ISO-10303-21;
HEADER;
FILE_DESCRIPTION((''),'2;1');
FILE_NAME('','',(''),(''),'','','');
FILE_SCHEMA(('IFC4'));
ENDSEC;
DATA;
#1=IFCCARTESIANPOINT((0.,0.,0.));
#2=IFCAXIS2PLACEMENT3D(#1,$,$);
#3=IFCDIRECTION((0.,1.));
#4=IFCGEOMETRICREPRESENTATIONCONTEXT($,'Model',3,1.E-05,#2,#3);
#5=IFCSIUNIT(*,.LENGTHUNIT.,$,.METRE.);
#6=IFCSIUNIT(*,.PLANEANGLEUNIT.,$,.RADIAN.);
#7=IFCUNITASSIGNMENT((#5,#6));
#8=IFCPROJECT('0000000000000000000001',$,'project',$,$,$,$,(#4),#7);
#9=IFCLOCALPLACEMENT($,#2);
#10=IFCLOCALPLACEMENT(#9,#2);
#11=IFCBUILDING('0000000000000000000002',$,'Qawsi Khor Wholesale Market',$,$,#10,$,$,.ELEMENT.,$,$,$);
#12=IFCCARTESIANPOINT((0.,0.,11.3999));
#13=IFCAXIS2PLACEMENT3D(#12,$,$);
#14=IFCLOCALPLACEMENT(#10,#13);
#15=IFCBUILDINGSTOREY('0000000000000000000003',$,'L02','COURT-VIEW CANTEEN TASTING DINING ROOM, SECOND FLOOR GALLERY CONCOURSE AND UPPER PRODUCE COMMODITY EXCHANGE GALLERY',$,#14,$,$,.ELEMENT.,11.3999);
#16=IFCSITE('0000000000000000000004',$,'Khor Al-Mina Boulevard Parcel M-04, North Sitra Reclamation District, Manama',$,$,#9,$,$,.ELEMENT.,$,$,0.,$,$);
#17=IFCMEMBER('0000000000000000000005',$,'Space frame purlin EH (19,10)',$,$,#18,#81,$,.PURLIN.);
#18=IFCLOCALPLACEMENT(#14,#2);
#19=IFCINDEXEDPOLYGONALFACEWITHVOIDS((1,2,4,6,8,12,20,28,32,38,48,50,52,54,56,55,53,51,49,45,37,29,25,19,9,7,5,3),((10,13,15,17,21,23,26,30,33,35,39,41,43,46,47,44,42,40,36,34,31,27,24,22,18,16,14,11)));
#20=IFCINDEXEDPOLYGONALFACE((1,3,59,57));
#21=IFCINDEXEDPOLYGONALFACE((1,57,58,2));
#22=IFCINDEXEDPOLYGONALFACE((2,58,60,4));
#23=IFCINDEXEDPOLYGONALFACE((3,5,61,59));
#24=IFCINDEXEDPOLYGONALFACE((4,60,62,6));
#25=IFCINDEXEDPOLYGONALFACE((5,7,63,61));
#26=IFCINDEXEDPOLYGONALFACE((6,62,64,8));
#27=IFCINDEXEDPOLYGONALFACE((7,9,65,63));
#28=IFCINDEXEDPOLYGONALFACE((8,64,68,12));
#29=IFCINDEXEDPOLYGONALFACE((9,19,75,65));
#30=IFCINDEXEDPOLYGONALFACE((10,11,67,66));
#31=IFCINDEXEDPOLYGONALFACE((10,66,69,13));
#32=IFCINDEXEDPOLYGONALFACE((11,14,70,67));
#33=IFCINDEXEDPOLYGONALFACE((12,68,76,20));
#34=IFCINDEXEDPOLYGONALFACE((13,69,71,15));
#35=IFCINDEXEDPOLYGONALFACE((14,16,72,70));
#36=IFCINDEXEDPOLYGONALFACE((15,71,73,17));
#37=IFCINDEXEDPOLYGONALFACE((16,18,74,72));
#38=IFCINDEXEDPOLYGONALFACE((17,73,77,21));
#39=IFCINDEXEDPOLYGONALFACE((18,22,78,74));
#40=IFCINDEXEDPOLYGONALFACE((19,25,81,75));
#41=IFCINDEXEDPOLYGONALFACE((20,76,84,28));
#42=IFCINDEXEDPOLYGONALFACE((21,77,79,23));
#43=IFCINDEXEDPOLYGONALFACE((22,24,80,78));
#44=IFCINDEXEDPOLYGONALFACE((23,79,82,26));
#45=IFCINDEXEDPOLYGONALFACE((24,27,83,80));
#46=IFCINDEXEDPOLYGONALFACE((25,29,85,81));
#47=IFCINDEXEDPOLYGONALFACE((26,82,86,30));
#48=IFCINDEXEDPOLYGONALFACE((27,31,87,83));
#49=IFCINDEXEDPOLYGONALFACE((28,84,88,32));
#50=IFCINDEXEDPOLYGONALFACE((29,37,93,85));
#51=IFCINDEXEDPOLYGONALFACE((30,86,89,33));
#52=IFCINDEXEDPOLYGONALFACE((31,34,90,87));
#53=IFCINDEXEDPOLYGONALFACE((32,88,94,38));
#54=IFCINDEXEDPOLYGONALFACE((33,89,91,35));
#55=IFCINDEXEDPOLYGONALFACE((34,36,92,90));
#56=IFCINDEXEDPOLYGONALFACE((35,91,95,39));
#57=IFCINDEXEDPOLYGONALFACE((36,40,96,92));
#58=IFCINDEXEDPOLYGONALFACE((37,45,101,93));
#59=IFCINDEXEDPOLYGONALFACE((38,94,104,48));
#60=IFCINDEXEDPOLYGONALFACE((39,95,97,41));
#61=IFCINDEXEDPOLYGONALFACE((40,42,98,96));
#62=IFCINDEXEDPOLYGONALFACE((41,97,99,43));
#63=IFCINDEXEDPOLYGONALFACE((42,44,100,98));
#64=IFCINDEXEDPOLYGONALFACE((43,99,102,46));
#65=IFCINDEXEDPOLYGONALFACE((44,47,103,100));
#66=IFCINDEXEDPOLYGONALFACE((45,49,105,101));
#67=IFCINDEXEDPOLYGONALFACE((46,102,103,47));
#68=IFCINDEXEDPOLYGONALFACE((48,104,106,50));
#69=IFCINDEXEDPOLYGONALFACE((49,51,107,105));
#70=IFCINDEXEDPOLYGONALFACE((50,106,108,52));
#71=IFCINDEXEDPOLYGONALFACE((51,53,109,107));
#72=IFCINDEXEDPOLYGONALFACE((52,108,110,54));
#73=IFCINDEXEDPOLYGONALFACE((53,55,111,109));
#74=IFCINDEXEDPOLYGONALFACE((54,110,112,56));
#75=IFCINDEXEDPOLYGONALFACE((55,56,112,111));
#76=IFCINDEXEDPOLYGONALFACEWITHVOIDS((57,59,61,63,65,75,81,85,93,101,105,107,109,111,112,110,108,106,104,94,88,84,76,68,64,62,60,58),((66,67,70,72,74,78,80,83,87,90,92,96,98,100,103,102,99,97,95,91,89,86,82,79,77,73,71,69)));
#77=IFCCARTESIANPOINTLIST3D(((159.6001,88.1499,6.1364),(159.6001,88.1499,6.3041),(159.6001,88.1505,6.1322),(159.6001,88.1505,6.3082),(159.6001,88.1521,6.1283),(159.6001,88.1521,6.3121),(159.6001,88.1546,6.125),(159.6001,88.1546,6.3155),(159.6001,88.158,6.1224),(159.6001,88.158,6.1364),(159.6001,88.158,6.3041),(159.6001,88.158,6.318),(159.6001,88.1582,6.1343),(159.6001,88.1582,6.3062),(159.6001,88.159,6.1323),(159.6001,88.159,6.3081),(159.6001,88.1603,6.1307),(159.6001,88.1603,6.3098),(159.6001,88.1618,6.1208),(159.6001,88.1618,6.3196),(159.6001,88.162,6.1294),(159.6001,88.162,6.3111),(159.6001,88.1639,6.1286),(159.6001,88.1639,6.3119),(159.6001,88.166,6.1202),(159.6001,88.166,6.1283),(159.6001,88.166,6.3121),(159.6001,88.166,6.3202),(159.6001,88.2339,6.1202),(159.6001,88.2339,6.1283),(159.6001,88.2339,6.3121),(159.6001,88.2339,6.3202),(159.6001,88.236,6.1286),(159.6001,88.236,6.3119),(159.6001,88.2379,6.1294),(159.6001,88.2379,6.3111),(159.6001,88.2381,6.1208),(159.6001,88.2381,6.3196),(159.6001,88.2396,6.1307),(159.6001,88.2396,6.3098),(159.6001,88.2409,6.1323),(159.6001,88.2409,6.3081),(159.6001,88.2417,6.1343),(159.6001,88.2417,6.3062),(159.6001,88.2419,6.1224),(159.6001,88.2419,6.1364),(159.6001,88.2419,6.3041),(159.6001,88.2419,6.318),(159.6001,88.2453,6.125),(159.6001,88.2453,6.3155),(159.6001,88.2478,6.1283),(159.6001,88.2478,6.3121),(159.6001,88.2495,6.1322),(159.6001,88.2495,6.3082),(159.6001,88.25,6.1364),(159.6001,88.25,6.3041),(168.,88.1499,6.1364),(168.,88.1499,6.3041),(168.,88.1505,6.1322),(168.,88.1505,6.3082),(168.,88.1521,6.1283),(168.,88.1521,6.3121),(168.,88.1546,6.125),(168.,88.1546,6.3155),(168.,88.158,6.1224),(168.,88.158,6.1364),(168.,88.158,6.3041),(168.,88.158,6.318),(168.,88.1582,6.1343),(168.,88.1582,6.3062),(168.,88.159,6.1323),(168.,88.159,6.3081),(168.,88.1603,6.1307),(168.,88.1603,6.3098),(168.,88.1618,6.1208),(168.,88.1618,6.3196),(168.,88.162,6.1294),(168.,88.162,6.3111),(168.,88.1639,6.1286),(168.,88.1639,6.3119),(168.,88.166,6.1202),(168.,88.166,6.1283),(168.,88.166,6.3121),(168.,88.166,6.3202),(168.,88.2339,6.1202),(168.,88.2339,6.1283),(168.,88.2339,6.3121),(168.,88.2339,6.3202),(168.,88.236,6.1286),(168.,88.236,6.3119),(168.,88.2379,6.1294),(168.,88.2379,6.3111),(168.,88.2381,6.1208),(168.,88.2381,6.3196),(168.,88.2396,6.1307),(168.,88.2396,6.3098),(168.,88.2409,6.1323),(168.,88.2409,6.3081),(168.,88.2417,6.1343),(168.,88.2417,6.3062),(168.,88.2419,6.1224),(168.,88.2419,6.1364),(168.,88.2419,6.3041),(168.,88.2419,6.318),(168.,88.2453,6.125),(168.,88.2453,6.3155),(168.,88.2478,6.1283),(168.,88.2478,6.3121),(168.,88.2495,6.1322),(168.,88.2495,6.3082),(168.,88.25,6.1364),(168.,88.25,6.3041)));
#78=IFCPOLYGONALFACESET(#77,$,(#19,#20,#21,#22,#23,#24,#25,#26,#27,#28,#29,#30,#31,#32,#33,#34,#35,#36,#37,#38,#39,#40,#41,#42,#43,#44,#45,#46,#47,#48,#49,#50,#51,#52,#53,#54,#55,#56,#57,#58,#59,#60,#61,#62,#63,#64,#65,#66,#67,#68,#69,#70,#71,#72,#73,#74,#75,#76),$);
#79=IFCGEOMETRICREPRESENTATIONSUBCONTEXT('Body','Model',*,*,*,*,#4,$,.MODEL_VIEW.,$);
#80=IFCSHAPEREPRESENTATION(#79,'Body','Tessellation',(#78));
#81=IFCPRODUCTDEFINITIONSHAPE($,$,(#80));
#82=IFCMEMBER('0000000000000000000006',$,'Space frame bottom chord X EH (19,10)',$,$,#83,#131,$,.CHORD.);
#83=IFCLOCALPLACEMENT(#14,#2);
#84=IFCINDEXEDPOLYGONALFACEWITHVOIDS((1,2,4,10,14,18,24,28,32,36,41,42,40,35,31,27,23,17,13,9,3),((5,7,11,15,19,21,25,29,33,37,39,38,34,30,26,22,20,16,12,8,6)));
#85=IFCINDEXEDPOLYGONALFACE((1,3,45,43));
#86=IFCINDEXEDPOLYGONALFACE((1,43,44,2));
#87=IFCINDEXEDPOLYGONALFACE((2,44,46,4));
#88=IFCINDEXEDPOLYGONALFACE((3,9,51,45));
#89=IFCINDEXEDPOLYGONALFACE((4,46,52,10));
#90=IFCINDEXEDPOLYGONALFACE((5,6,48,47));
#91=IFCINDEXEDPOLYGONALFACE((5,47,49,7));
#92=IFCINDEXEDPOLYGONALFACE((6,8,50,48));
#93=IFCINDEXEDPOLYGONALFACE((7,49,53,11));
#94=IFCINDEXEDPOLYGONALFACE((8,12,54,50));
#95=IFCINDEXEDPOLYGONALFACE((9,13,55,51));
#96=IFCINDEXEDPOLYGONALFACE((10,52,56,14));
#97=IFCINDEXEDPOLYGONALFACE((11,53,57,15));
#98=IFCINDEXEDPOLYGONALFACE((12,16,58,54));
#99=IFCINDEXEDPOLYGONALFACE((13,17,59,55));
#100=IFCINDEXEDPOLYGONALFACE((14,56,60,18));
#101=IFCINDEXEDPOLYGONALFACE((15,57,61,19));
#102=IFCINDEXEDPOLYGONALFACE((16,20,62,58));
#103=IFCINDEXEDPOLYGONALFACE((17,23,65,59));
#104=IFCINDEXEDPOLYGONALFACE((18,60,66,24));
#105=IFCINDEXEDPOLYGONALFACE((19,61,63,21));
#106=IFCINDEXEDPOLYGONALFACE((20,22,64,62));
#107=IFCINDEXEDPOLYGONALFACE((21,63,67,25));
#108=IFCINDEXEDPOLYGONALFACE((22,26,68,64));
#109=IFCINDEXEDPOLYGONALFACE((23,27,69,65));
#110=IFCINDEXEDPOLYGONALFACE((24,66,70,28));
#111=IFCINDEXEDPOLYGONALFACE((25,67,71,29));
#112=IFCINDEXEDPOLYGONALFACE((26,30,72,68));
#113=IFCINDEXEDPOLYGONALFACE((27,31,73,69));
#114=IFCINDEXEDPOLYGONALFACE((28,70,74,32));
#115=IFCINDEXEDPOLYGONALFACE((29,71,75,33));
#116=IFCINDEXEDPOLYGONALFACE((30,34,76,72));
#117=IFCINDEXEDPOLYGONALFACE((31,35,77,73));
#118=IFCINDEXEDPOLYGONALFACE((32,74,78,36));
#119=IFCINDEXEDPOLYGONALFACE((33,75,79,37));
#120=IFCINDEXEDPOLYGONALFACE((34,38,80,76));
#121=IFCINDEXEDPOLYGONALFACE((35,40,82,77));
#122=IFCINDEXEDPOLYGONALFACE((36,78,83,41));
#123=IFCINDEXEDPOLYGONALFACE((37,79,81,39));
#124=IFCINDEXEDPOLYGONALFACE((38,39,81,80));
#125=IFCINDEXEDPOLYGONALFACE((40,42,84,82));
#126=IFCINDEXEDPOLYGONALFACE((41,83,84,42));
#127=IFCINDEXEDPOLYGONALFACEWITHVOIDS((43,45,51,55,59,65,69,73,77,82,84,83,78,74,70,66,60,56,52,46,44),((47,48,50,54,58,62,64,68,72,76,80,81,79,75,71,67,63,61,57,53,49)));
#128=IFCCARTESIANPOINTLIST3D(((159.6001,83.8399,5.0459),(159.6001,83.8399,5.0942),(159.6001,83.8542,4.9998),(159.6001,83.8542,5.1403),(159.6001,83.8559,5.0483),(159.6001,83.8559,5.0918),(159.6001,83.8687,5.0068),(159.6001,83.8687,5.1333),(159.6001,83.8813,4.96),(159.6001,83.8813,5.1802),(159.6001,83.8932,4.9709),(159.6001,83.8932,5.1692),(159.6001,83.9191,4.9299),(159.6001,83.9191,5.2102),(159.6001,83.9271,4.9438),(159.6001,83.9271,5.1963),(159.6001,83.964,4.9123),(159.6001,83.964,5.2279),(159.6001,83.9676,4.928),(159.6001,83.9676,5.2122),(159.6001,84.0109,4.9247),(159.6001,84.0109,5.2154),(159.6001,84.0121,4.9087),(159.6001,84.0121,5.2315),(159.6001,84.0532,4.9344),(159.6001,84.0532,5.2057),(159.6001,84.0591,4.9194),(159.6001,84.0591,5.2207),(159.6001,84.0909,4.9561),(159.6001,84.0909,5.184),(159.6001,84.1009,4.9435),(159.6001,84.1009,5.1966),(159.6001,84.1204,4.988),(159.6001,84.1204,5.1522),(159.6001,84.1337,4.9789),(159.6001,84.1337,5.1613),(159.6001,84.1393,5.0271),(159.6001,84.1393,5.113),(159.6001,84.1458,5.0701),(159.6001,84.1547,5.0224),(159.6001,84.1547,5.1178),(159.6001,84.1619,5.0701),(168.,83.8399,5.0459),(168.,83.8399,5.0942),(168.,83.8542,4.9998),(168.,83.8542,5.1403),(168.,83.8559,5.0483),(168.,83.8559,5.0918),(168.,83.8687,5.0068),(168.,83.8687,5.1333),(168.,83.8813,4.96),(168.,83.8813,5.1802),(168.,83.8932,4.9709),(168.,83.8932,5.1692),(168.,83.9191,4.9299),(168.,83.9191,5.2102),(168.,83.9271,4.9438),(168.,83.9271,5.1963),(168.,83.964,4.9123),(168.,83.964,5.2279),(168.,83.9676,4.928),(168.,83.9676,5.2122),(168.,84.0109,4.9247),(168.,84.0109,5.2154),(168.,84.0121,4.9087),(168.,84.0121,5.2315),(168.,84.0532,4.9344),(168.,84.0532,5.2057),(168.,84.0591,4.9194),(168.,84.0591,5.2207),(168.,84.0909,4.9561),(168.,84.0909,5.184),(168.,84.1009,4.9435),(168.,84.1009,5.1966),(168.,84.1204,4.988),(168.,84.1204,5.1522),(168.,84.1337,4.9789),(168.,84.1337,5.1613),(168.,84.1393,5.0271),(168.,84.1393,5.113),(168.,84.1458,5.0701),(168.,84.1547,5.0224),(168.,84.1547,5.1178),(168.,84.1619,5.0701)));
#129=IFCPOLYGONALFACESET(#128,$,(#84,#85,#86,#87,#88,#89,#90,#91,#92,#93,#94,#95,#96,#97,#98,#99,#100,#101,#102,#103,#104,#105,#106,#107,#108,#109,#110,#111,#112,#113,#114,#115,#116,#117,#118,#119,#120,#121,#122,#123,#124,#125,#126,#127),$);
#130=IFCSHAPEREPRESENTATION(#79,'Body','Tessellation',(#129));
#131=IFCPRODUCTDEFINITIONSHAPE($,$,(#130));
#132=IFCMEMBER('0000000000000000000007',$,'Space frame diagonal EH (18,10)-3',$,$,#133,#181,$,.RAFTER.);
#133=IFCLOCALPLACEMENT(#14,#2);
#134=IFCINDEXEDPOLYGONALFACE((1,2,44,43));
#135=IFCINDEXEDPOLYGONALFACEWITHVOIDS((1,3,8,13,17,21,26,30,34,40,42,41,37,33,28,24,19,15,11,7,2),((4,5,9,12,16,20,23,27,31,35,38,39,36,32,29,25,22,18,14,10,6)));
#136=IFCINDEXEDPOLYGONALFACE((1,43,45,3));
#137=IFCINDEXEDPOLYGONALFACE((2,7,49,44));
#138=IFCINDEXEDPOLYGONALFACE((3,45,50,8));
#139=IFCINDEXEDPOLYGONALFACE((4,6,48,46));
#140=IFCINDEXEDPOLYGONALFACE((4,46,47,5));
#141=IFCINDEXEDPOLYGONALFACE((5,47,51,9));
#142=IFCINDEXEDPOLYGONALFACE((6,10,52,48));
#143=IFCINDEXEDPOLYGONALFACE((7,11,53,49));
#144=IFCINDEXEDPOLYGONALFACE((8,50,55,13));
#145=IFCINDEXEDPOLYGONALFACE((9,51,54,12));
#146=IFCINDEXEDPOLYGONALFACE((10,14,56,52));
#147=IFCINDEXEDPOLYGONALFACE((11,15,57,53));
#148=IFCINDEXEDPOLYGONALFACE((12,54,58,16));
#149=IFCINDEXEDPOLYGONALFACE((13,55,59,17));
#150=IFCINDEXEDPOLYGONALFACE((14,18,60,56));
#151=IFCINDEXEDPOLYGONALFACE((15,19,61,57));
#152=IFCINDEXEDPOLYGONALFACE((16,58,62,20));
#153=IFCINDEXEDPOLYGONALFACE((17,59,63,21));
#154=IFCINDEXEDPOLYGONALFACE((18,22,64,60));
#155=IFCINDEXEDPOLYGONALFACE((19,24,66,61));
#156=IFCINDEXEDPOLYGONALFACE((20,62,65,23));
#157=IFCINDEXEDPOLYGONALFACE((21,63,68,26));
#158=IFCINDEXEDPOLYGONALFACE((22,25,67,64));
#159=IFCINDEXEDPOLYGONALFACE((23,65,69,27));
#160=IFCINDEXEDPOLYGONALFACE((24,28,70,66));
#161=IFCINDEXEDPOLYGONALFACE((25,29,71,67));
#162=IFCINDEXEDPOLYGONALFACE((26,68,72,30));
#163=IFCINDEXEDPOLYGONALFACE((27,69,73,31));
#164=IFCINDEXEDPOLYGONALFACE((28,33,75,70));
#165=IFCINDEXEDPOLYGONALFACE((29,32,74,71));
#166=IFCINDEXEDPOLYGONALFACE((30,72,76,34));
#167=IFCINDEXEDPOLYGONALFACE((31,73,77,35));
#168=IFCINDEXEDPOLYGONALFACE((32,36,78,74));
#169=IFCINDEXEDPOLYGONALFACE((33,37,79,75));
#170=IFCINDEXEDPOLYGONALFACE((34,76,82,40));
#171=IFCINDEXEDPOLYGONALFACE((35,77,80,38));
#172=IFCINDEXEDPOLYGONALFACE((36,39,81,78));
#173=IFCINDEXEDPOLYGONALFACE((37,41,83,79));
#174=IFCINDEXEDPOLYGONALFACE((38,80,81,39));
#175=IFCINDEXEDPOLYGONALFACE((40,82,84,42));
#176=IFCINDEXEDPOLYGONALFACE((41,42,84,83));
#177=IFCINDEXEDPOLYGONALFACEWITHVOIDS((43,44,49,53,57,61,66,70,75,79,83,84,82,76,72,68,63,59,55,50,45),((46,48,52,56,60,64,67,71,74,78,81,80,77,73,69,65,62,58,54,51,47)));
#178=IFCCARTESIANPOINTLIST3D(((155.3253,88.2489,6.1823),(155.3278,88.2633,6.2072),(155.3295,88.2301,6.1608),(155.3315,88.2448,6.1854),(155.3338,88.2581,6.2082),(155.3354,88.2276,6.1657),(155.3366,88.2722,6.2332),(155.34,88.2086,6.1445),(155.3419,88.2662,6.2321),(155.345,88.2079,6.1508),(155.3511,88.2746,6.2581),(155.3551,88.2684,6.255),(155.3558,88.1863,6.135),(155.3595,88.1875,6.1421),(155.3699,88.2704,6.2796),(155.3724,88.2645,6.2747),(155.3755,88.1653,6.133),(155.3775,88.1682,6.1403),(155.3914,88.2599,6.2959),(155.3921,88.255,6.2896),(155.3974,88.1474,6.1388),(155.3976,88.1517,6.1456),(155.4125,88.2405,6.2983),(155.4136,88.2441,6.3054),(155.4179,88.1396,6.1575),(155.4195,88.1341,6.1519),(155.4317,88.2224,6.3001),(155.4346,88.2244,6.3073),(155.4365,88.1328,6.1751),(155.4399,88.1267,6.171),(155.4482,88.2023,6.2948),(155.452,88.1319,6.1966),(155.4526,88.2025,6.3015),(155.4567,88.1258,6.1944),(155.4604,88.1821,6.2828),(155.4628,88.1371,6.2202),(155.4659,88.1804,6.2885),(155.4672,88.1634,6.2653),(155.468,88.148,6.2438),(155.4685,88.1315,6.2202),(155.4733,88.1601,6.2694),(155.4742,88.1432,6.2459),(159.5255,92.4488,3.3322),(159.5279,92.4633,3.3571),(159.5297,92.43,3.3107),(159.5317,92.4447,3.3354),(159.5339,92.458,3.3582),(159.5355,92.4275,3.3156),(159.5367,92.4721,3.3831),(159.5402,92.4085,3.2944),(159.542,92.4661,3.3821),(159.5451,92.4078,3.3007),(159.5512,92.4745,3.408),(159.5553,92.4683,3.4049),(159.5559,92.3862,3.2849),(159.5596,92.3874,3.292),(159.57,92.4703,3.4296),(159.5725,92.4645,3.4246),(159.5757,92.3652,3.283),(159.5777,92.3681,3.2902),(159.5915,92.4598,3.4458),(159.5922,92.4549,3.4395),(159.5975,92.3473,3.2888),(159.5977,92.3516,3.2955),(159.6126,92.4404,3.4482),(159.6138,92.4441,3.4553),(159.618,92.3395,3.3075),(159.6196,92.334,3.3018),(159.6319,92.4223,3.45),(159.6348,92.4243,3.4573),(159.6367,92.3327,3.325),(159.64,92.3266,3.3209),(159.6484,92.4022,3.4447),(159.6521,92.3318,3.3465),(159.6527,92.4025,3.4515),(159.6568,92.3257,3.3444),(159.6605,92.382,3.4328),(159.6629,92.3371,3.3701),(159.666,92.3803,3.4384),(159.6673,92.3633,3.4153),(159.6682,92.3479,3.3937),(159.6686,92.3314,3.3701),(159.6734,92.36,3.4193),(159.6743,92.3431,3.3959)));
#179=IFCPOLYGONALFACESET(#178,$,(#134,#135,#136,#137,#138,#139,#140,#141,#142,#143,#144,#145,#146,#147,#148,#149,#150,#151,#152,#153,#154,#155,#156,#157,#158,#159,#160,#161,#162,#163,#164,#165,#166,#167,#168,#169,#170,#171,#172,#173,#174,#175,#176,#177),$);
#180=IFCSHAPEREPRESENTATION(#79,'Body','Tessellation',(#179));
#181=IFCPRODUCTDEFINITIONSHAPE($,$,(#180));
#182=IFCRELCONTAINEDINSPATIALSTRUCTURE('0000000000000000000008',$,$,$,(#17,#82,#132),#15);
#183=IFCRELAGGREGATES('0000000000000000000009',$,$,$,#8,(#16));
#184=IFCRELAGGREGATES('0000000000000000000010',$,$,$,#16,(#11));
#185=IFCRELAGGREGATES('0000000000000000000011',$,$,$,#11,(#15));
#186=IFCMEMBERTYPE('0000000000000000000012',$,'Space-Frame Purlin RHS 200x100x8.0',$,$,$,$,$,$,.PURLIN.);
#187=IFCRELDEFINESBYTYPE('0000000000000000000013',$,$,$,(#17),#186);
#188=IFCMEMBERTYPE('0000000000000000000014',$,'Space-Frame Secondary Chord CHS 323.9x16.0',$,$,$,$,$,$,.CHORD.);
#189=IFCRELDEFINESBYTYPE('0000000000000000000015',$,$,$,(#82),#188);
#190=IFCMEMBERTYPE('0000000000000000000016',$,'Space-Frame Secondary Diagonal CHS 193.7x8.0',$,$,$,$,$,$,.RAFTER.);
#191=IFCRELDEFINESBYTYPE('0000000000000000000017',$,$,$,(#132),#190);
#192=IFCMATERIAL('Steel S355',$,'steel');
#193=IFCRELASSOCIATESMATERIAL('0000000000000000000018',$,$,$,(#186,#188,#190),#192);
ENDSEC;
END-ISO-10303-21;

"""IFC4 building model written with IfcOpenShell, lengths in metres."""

from ifc_helpers import new_model, si_unit, direction, frame, origin, origin_2d, place, context, subcontext, project, spatial, hollow_rectangle, hollow_circle, extrude, material, material_profile, profile_set, type_object, element, save


model = new_model("IFC4")

# Units and contexts
model_context = context("Model", 3, precision=1e-05, world=origin(), true_north=direction((0.0, 1.0)))
body_context = subcontext(model_context, "Body", "Model", "MODEL_VIEW")
ifc_project = project(units=[si_unit("LENGTHUNIT", "METRE"), si_unit("PLANEANGLEUNIT", "RADIAN")], contexts=[model_context])

# Site, building, storey
site_placement = place(None, origin())
site = spatial("IfcSite", under=ifc_project, at=site_placement, Name="Khor Al-Mina Boulevard Parcel M-04, North Sitra Reclamation District, Manama", CompositionType="ELEMENT", RefElevation=0.0)
building_placement = place(site_placement, origin())
building = spatial("IfcBuilding", under=site, at=building_placement, Name="Qawsi Khor Wholesale Market", CompositionType="ELEMENT")
storey_placement = place(building_placement, frame((0.0, 0.0, 11.3999)))
storey = spatial("IfcBuildingStorey", under=building, at=storey_placement, Name="L02", Description="COURT-VIEW CANTEEN TASTING DINING ROOM, SECOND FLOOR GALLERY CONCOURSE AND UPPER PRODUCE COMMODITY EXCHANGE GALLERY", CompositionType="ELEMENT", Elevation=11.3999)

# Members
ifc_material_1 = material(Name="Steel S355", Category="steel")
ifc_material_profile_1 = material_profile(ifc_material_1, hollow_rectangle(XDim=0.1001, YDim=0.2, WallThickness=0.0081, InnerFilletRadius=0.0081, OuterFilletRadius=0.0161, at=origin_2d()), Name="RHS 200x100x8.0")
ifc_profile_set_1 = profile_set([ifc_material_profile_1], Name="Steel S355")
member_type_1 = type_object("IfcMemberType", Name="Space-Frame Purlin RHS 200x100x8.0", PredefinedType="PURLIN", material=ifc_profile_set_1)
member_1_placement = place(storey_placement, frame((159.6001, 88.2, 6.2202), z_axis=(1.0, 0.0, 0.0), x_axis=(0.0, 1.0, 0.0)))
element("IfcMember", 1, at=member_1_placement, inside=storey, type_object=member_type_1, Name="Space frame purlin EH (19,10)", PredefinedType="PURLIN", context=body_context, shape_type="SweptSolid", body=[
    extrude(hollow_rectangle(XDim=0.1001, YDim=0.2, WallThickness=0.0081, InnerFilletRadius=0.0081, OuterFilletRadius=0.0161, at=origin_2d()), origin(), (0.0, 0.0, 1.0), 8.3999),
])
ifc_material_profile_2 = material_profile(ifc_material_1, hollow_circle(Radius=0.1619, WallThickness=0.0161, at=origin_2d()), Name="CHS 323.9x16.0")
ifc_profile_set_2 = profile_set([ifc_material_profile_2], Name="Steel S355")
member_type_2 = type_object("IfcMemberType", Name="Space-Frame Secondary Chord CHS 323.9x16.0", PredefinedType="CHORD", material=ifc_profile_set_2)
member_2_placement = place(storey_placement, frame((159.6001, 84.0, 5.0701), z_axis=(1.0, 0.0, 0.0), x_axis=(0.0, 1.0, 0.0)))
element("IfcMember", 2, at=member_2_placement, inside=storey, type_object=member_type_2, Name="Space frame bottom chord X EH (19,10)", PredefinedType="CHORD", context=body_context, shape_type="SweptSolid", body=[
    extrude(hollow_circle(Radius=0.1619, WallThickness=0.0161, at=origin_2d()), origin(), (0.0, 0.0, 1.0), 8.3999),
])
ifc_material_profile_3 = material_profile(ifc_material_1, hollow_circle(Radius=0.0969, WallThickness=0.0081, at=origin_2d()), Name="CHS 193.7x8.0")
ifc_profile_set_3 = profile_set([ifc_material_profile_3], Name="Steel S355")
member_type_3 = type_object("IfcMemberType", Name="Space-Frame Secondary Diagonal CHS 193.7x8.0", PredefinedType="RAFTER", material=ifc_profile_set_3)
for number, where, z_axis, x_axis, name in (
    (3, (159.6001, 92.3999, 3.3701), (-0.637534, -0.637497, 0.432607), (0.707086, -0.707127, 0.0), "Space frame diagonal EH (18,10)-3"),
):
    element("IfcMember", number, at=place(storey_placement, frame(where, z_axis=z_axis, x_axis=x_axis)), inside=storey, type_object=member_type_3, Name=name, PredefinedType="RAFTER", context=body_context, shape_type="SweptSolid", body=[
        extrude(hollow_circle(Radius=0.0969, WallThickness=0.0081, at=origin_2d()), origin(), (0.0, 0.0, 1.0), 6.5881),
    ])

save(model, "model.ifc")
